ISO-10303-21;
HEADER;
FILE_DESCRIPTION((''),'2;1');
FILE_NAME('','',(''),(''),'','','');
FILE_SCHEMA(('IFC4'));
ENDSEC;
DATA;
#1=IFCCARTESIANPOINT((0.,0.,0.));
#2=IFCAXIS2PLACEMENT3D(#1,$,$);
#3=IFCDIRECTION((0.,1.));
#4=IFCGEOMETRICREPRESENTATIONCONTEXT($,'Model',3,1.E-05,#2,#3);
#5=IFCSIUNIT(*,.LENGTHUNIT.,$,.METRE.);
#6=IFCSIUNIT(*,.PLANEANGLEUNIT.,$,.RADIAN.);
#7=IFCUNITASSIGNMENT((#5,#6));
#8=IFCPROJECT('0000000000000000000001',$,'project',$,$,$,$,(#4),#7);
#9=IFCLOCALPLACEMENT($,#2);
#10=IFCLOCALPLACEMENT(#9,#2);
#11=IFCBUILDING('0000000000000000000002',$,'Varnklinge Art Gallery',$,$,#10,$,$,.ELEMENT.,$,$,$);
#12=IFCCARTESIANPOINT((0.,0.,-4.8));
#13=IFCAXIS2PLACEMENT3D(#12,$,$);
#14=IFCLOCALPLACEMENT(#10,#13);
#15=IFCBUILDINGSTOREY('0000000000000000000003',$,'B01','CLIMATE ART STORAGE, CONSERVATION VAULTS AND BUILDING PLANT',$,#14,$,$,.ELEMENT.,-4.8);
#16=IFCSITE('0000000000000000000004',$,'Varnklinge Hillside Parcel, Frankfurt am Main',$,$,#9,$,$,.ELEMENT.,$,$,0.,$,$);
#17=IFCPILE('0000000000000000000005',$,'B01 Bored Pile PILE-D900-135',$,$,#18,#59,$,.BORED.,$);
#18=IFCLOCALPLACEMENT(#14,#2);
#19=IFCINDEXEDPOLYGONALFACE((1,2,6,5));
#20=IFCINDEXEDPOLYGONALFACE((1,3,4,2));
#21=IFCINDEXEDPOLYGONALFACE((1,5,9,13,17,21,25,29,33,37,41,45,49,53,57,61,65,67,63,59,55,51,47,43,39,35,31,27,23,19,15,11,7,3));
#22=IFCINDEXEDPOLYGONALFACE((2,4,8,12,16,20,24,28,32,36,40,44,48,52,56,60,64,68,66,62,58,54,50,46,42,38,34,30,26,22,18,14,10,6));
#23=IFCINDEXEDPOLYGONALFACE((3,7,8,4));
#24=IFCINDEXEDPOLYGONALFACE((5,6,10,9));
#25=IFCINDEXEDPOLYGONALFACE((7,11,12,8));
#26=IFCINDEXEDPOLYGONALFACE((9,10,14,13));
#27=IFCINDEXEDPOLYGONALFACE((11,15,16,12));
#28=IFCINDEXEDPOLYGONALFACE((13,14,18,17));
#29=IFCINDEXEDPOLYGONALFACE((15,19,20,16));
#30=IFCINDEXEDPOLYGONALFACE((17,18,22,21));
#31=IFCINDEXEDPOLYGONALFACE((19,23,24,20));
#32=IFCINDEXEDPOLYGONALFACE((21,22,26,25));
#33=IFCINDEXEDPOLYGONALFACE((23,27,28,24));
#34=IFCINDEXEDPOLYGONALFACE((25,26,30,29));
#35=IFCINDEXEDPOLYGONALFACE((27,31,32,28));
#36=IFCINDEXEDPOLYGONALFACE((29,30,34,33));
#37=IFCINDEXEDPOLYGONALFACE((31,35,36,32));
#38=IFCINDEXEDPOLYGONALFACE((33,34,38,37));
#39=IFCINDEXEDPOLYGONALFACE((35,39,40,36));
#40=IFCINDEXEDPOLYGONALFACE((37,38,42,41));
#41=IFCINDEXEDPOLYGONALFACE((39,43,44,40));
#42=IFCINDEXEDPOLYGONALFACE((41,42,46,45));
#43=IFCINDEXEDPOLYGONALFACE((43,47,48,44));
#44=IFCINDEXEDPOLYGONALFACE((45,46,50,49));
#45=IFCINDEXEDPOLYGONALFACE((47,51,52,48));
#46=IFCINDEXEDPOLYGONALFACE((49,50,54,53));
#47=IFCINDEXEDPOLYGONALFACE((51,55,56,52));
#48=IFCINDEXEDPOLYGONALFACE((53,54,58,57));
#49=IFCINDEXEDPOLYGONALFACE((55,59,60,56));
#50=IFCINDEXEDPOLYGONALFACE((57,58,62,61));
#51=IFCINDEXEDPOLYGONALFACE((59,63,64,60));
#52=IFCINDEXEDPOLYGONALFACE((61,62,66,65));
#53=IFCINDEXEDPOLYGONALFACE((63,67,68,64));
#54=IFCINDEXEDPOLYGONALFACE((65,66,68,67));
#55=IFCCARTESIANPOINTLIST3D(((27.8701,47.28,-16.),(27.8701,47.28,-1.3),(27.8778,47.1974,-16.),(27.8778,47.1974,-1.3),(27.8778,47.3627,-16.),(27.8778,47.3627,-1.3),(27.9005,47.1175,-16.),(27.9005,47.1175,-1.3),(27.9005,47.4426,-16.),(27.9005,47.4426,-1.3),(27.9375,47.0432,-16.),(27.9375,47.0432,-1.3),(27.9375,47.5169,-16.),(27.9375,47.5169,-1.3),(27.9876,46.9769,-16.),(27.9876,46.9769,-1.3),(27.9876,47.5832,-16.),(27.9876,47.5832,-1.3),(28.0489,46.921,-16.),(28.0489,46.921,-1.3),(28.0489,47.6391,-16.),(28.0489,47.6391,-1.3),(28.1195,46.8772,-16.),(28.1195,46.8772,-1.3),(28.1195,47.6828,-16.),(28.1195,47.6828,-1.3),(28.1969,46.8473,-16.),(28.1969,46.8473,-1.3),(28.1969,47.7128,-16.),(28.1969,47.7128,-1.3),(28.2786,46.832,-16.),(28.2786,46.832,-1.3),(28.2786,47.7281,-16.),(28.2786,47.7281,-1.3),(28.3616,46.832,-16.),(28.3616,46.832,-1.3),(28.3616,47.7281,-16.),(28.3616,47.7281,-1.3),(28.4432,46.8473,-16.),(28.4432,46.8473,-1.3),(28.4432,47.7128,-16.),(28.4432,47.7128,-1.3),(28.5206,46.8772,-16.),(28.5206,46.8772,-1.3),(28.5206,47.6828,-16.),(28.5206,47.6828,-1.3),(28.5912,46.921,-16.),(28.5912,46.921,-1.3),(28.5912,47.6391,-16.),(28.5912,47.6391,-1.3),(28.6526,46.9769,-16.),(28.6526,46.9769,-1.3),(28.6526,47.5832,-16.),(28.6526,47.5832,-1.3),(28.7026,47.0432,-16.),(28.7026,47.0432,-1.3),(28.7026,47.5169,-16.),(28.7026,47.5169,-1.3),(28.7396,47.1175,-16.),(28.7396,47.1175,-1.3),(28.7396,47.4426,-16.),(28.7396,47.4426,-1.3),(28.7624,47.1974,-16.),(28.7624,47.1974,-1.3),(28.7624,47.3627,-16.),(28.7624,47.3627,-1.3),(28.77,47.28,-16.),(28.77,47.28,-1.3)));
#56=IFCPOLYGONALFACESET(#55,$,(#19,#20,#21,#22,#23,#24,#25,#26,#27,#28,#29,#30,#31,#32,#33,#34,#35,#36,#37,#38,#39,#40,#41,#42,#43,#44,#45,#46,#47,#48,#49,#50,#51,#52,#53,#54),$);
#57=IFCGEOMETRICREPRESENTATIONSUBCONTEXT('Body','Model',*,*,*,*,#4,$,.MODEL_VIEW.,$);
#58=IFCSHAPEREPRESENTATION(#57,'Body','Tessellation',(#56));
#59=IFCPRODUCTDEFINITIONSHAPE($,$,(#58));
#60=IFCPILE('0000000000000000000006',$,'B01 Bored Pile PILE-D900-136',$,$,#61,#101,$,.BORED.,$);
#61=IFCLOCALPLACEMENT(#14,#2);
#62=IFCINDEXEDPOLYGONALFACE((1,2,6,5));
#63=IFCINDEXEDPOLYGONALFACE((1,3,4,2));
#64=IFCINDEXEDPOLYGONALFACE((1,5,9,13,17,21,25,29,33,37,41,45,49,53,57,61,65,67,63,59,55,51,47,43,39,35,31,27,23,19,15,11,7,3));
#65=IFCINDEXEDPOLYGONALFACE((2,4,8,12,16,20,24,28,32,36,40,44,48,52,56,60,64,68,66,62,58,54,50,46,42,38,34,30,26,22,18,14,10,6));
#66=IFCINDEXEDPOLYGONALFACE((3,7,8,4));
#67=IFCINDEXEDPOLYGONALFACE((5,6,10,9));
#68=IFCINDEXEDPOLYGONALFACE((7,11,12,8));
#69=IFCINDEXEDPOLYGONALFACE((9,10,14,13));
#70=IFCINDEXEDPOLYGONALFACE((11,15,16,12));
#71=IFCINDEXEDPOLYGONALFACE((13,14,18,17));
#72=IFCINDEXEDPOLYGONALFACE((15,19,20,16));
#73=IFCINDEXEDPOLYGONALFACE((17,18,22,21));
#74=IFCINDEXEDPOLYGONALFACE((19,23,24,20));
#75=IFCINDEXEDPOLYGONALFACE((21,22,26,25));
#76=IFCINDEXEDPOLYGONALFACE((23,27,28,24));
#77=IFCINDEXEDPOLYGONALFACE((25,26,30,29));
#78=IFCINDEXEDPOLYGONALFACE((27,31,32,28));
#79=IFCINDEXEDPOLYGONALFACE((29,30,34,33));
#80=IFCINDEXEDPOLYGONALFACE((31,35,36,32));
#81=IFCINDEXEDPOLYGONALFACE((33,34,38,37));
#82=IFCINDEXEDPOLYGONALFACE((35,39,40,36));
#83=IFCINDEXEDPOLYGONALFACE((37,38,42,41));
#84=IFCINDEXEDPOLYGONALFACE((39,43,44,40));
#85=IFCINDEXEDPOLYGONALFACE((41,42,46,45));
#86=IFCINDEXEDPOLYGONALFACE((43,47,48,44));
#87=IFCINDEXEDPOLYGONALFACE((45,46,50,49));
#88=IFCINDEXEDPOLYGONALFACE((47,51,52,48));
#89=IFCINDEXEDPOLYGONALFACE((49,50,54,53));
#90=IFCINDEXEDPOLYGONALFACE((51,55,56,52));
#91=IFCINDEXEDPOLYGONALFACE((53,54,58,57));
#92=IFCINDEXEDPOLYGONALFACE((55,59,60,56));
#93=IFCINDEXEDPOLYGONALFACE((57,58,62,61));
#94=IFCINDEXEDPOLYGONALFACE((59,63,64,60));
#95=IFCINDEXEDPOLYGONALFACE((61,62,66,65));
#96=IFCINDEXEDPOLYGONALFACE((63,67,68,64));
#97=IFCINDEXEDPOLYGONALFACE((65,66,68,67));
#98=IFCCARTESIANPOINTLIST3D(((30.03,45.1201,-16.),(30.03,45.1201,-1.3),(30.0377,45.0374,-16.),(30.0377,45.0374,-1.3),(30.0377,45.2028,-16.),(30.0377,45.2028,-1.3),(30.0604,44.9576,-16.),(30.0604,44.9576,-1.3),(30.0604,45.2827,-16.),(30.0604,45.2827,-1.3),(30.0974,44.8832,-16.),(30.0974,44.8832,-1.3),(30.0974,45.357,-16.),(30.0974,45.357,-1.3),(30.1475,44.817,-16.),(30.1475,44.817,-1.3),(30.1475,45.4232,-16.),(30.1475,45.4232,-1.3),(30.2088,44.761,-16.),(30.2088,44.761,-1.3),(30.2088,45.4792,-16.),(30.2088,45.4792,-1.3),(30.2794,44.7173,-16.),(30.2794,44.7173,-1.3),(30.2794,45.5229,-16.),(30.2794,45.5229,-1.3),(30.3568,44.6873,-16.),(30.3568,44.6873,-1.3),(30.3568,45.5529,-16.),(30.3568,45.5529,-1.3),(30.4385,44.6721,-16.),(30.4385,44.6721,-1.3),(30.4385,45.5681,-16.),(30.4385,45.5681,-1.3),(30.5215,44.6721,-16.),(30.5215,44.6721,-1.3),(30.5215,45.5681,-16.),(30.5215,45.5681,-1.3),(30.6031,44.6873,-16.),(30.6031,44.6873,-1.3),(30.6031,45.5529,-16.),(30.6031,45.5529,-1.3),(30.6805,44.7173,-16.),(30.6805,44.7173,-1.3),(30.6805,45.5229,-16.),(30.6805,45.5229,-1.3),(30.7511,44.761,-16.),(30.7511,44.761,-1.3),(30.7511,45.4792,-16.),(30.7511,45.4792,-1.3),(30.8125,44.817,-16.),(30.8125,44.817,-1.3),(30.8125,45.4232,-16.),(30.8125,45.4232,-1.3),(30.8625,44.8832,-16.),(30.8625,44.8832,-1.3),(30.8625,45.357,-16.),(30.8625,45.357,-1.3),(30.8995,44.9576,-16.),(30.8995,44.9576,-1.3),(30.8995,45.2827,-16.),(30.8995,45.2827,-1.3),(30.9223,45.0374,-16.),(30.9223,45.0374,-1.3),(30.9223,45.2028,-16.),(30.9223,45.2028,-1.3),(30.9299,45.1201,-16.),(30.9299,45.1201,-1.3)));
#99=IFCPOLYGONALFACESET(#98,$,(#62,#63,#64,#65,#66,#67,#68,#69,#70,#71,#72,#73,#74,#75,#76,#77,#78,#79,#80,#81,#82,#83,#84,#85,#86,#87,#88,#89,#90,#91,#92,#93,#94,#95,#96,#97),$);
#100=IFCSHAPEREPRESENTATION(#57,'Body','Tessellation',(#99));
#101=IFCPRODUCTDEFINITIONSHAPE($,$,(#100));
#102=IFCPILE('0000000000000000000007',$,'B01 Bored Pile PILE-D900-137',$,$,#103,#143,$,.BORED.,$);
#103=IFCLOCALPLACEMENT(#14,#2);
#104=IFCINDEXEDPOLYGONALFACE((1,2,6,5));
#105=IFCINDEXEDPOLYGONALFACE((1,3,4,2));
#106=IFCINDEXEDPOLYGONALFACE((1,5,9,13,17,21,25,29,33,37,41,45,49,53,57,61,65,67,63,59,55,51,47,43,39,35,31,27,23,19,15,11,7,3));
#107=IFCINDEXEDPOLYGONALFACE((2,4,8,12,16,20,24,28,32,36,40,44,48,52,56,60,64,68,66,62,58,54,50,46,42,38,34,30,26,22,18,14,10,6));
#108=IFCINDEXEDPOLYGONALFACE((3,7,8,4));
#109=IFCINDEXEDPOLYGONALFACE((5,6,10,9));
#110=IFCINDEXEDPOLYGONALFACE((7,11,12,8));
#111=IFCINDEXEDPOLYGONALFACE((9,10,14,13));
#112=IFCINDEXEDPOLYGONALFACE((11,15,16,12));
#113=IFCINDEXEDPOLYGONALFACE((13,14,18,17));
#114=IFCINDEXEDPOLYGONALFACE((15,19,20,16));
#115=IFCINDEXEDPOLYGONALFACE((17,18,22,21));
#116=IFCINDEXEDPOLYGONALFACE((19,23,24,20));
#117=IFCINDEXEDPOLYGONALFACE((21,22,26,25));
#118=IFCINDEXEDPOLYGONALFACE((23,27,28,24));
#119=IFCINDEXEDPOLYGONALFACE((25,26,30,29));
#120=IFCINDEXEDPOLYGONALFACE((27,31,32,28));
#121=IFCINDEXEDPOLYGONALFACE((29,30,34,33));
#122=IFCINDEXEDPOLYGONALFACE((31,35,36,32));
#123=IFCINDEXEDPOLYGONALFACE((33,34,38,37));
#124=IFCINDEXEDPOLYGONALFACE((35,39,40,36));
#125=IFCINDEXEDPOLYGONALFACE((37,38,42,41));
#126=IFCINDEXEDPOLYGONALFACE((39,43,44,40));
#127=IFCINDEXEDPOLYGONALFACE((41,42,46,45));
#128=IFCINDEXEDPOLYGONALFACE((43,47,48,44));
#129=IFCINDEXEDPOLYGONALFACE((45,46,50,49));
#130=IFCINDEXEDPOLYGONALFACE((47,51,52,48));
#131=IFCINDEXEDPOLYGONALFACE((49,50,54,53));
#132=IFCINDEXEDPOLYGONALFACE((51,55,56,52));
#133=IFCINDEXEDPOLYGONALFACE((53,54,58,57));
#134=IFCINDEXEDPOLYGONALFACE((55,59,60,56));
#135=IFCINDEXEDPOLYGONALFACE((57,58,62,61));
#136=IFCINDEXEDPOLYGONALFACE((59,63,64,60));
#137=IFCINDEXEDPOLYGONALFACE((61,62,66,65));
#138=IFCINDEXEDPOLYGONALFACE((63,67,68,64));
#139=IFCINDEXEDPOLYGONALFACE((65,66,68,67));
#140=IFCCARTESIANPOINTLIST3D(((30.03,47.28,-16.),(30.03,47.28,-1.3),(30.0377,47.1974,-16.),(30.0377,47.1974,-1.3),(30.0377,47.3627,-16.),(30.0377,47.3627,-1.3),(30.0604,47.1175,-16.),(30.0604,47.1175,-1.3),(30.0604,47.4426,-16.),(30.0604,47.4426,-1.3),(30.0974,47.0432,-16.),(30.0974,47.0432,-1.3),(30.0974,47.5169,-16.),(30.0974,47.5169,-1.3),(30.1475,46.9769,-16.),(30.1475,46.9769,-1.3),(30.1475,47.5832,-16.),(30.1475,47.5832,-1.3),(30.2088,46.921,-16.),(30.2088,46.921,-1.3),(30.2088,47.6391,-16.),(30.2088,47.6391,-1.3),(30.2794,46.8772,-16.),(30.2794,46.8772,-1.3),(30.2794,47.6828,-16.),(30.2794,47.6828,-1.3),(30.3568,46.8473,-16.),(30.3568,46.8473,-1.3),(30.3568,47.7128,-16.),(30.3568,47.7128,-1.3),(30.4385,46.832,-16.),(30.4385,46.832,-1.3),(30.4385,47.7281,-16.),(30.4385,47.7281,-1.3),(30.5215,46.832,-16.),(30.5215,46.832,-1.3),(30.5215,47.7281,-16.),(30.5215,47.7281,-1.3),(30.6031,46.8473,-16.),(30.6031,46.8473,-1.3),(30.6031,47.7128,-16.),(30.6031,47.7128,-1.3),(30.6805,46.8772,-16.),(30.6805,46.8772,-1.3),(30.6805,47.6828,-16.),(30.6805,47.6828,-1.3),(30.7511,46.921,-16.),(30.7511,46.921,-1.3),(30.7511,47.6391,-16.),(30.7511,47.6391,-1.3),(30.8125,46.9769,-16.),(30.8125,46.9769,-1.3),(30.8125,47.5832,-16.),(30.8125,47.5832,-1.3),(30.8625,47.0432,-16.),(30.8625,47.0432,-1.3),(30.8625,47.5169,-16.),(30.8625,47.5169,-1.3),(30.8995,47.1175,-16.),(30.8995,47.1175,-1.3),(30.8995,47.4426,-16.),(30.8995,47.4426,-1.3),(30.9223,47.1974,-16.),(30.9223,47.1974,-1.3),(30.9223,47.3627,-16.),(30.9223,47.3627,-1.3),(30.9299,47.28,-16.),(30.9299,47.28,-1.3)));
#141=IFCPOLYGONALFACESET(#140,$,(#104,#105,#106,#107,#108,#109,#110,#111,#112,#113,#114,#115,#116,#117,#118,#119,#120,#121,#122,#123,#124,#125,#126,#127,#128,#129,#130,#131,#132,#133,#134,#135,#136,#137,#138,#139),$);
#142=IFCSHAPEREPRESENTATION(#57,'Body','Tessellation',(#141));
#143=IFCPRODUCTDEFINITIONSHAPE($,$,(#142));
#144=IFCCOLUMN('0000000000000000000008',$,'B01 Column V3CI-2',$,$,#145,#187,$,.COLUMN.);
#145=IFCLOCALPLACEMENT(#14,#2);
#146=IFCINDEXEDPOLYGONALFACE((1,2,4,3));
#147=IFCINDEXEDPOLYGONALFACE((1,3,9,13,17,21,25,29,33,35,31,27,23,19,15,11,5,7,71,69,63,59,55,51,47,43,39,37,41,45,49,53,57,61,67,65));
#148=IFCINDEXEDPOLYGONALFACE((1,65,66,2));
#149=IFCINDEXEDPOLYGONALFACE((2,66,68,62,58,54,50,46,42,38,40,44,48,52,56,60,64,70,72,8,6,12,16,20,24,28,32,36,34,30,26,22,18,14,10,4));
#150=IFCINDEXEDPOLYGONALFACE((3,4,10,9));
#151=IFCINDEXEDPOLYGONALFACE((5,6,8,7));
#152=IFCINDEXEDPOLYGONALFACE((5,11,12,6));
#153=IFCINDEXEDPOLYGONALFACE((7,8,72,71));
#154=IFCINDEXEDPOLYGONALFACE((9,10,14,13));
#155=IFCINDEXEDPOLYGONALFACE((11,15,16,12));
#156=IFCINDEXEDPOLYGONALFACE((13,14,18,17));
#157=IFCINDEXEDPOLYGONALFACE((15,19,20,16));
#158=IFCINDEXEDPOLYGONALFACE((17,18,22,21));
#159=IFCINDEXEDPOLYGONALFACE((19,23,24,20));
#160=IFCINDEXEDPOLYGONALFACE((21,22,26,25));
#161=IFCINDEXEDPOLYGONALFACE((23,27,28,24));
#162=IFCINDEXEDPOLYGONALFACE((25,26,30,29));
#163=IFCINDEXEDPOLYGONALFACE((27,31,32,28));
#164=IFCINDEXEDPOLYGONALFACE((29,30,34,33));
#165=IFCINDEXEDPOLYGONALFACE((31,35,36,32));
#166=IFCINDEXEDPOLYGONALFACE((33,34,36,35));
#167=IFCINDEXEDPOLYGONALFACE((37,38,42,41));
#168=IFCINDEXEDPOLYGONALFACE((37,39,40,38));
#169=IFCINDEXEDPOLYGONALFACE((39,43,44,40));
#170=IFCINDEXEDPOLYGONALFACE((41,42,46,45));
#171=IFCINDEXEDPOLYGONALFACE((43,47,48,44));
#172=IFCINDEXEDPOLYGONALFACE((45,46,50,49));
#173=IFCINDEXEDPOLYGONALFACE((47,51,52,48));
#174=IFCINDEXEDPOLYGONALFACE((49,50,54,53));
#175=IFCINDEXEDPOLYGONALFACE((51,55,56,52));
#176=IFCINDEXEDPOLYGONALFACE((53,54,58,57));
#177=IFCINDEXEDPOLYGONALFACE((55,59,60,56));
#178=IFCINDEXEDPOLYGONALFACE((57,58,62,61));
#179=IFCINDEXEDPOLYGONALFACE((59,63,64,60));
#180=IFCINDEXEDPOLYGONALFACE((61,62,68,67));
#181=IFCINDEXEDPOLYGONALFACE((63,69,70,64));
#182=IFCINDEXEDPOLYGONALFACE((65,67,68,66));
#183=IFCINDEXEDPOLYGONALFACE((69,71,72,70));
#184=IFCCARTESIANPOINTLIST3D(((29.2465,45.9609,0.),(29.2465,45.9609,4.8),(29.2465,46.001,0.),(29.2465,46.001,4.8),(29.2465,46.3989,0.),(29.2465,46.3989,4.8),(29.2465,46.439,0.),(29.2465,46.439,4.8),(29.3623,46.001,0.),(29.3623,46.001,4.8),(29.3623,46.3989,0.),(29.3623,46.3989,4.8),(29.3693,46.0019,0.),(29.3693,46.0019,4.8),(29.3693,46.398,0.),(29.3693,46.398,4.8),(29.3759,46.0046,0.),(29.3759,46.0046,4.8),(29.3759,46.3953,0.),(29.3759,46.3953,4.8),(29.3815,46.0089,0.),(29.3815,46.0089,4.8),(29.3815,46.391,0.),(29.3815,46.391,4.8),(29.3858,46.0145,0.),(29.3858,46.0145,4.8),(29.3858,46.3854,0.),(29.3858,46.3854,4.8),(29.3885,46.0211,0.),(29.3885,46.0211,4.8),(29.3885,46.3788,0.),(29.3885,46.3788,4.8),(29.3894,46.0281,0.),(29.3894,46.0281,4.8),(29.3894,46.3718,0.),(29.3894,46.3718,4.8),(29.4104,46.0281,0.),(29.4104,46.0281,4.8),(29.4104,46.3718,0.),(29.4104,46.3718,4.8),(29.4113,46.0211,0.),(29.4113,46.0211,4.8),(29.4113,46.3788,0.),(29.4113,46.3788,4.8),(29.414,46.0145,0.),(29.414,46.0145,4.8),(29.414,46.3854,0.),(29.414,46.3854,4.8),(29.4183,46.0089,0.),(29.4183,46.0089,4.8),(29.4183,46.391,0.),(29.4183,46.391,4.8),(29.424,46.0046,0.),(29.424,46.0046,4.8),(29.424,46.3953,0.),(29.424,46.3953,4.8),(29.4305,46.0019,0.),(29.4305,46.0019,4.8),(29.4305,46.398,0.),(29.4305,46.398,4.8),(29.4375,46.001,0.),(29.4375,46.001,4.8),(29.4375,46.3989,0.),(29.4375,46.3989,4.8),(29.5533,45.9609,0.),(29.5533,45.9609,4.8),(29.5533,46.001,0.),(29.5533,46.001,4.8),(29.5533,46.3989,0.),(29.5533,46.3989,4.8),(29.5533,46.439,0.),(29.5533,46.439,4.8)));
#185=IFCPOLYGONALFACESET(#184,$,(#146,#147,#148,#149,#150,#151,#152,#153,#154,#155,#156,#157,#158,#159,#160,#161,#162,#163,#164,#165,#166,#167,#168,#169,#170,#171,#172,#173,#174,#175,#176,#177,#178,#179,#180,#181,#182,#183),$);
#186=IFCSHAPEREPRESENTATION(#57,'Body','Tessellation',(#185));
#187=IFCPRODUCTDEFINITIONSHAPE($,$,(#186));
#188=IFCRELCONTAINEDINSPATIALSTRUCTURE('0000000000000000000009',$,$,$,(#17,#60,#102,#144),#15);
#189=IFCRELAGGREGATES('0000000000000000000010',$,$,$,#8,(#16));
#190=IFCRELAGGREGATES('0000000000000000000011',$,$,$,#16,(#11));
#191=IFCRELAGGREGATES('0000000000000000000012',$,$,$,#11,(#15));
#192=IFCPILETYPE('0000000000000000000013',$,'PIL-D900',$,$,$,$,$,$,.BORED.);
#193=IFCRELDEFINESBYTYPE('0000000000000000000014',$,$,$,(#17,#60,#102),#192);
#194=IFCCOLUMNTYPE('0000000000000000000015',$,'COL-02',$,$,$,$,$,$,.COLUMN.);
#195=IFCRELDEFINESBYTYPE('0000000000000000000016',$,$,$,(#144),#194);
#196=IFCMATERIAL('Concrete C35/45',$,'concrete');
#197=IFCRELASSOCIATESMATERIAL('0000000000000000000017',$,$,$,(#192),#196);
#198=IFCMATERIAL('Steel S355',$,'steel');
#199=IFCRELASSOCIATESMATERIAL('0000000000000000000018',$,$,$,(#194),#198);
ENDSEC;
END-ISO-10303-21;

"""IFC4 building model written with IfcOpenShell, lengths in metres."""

from ifc_helpers import new_model, si_unit, direction, frame, origin, origin_2d, place, context, subcontext, project, spatial, circle, i_section, extrude, material, material_profile, profile_set, type_object, element, save


model = new_model("IFC4")

# Units and contexts
model_context = context("Model", 3, precision=1e-05, world=origin(), true_north=direction((0.0, 1.0)))
body_context = subcontext(model_context, "Body", "Model", "MODEL_VIEW")
ifc_project = project(units=[si_unit("LENGTHUNIT", "METRE"), si_unit("PLANEANGLEUNIT", "RADIAN")], contexts=[model_context])

# Site, building, storey
site_placement = place(None, origin())
site = spatial("IfcSite", under=ifc_project, at=site_placement, Name="Varnklinge Hillside Parcel, Frankfurt am Main", CompositionType="ELEMENT", RefElevation=0.0)
building_placement = place(site_placement, origin())
building = spatial("IfcBuilding", under=site, at=building_placement, Name="Varnklinge Art Gallery", CompositionType="ELEMENT")
storey_placement = place(building_placement, frame((0.0, 0.0, -4.8)))
storey = spatial("IfcBuildingStorey", under=building, at=storey_placement, Name="B01", Description="CLIMATE ART STORAGE, CONSERVATION VAULTS AND BUILDING PLANT", CompositionType="ELEMENT", Elevation=-4.8)

# Piles
ifc_material_1 = material(Name="Concrete C35/45", Category="concrete")
ifc_material_profile_1 = material_profile(ifc_material_1, circle(Radius=0.45, at=origin_2d()), Name="PILE D900")
ifc_profile_set_1 = profile_set([ifc_material_profile_1], Name="Concrete C35/45")
pile_type = type_object("IfcPileType", Name="PIL-D900", PredefinedType="BORED", material=ifc_profile_set_1)
for number, where, z_axis, x_axis, name in (
    (1, (28.3201, 47.28, -1.3), (0.0, 0.0, -1.0), (1.0, 0.0, 0.0), "B01 Bored Pile PILE-D900-135"),
    (2, (30.48, 45.1201, -1.3), (0.0, 0.0, -1.0), (1.0, 0.0, 0.0), "B01 Bored Pile PILE-D900-136"),
    (3, (30.48, 47.28, -1.3), (0.0, 0.0, -1.0), (1.0, 0.0, 0.0), "B01 Bored Pile PILE-D900-137"),
):
    element("IfcPile", number, at=place(storey_placement, frame(where, z_axis=z_axis, x_axis=x_axis)), inside=storey, type_object=pile_type, Name=name, PredefinedType="BORED", context=body_context, shape_type="SweptSolid", body=[
        extrude(circle(Radius=0.45, at=origin_2d()), origin(), (0.0, 0.0, 1.0), 14.7),
    ])

# Column
ifc_material_2 = material(Name="Steel S355", Category="steel")
ifc_material_profile_2 = material_profile(ifc_material_2, i_section(OverallWidth=0.3069, OverallDepth=0.478, WebThickness=0.021, FlangeThickness=0.04, FilletRadius=0.0271, at=origin_2d()), Name="HEM 450")
ifc_profile_set_2 = profile_set([ifc_material_profile_2], Name="Steel S355")
column_type_1 = type_object("IfcColumnType", Name="COL-02", PredefinedType="COLUMN", material=ifc_profile_set_2)
column_placement = place(storey_placement, frame((29.3999, 46.2, 0.0), z_axis=(0.0, 0.0, 1.0), x_axis=(1.0, 0.0, 0.0)))
element("IfcColumn", 4, at=column_placement, inside=storey, type_object=column_type_1, Name="B01 Column V3CI-2", PredefinedType="COLUMN", context=body_context, shape_type="SweptSolid", body=[
    extrude(i_section(OverallWidth=0.3069, OverallDepth=0.478, WebThickness=0.021, FlangeThickness=0.04, FilletRadius=0.0271, at=origin_2d()), origin(), (0.0, 0.0, 1.0), 4.8),
])

save(model, "model.ifc")
